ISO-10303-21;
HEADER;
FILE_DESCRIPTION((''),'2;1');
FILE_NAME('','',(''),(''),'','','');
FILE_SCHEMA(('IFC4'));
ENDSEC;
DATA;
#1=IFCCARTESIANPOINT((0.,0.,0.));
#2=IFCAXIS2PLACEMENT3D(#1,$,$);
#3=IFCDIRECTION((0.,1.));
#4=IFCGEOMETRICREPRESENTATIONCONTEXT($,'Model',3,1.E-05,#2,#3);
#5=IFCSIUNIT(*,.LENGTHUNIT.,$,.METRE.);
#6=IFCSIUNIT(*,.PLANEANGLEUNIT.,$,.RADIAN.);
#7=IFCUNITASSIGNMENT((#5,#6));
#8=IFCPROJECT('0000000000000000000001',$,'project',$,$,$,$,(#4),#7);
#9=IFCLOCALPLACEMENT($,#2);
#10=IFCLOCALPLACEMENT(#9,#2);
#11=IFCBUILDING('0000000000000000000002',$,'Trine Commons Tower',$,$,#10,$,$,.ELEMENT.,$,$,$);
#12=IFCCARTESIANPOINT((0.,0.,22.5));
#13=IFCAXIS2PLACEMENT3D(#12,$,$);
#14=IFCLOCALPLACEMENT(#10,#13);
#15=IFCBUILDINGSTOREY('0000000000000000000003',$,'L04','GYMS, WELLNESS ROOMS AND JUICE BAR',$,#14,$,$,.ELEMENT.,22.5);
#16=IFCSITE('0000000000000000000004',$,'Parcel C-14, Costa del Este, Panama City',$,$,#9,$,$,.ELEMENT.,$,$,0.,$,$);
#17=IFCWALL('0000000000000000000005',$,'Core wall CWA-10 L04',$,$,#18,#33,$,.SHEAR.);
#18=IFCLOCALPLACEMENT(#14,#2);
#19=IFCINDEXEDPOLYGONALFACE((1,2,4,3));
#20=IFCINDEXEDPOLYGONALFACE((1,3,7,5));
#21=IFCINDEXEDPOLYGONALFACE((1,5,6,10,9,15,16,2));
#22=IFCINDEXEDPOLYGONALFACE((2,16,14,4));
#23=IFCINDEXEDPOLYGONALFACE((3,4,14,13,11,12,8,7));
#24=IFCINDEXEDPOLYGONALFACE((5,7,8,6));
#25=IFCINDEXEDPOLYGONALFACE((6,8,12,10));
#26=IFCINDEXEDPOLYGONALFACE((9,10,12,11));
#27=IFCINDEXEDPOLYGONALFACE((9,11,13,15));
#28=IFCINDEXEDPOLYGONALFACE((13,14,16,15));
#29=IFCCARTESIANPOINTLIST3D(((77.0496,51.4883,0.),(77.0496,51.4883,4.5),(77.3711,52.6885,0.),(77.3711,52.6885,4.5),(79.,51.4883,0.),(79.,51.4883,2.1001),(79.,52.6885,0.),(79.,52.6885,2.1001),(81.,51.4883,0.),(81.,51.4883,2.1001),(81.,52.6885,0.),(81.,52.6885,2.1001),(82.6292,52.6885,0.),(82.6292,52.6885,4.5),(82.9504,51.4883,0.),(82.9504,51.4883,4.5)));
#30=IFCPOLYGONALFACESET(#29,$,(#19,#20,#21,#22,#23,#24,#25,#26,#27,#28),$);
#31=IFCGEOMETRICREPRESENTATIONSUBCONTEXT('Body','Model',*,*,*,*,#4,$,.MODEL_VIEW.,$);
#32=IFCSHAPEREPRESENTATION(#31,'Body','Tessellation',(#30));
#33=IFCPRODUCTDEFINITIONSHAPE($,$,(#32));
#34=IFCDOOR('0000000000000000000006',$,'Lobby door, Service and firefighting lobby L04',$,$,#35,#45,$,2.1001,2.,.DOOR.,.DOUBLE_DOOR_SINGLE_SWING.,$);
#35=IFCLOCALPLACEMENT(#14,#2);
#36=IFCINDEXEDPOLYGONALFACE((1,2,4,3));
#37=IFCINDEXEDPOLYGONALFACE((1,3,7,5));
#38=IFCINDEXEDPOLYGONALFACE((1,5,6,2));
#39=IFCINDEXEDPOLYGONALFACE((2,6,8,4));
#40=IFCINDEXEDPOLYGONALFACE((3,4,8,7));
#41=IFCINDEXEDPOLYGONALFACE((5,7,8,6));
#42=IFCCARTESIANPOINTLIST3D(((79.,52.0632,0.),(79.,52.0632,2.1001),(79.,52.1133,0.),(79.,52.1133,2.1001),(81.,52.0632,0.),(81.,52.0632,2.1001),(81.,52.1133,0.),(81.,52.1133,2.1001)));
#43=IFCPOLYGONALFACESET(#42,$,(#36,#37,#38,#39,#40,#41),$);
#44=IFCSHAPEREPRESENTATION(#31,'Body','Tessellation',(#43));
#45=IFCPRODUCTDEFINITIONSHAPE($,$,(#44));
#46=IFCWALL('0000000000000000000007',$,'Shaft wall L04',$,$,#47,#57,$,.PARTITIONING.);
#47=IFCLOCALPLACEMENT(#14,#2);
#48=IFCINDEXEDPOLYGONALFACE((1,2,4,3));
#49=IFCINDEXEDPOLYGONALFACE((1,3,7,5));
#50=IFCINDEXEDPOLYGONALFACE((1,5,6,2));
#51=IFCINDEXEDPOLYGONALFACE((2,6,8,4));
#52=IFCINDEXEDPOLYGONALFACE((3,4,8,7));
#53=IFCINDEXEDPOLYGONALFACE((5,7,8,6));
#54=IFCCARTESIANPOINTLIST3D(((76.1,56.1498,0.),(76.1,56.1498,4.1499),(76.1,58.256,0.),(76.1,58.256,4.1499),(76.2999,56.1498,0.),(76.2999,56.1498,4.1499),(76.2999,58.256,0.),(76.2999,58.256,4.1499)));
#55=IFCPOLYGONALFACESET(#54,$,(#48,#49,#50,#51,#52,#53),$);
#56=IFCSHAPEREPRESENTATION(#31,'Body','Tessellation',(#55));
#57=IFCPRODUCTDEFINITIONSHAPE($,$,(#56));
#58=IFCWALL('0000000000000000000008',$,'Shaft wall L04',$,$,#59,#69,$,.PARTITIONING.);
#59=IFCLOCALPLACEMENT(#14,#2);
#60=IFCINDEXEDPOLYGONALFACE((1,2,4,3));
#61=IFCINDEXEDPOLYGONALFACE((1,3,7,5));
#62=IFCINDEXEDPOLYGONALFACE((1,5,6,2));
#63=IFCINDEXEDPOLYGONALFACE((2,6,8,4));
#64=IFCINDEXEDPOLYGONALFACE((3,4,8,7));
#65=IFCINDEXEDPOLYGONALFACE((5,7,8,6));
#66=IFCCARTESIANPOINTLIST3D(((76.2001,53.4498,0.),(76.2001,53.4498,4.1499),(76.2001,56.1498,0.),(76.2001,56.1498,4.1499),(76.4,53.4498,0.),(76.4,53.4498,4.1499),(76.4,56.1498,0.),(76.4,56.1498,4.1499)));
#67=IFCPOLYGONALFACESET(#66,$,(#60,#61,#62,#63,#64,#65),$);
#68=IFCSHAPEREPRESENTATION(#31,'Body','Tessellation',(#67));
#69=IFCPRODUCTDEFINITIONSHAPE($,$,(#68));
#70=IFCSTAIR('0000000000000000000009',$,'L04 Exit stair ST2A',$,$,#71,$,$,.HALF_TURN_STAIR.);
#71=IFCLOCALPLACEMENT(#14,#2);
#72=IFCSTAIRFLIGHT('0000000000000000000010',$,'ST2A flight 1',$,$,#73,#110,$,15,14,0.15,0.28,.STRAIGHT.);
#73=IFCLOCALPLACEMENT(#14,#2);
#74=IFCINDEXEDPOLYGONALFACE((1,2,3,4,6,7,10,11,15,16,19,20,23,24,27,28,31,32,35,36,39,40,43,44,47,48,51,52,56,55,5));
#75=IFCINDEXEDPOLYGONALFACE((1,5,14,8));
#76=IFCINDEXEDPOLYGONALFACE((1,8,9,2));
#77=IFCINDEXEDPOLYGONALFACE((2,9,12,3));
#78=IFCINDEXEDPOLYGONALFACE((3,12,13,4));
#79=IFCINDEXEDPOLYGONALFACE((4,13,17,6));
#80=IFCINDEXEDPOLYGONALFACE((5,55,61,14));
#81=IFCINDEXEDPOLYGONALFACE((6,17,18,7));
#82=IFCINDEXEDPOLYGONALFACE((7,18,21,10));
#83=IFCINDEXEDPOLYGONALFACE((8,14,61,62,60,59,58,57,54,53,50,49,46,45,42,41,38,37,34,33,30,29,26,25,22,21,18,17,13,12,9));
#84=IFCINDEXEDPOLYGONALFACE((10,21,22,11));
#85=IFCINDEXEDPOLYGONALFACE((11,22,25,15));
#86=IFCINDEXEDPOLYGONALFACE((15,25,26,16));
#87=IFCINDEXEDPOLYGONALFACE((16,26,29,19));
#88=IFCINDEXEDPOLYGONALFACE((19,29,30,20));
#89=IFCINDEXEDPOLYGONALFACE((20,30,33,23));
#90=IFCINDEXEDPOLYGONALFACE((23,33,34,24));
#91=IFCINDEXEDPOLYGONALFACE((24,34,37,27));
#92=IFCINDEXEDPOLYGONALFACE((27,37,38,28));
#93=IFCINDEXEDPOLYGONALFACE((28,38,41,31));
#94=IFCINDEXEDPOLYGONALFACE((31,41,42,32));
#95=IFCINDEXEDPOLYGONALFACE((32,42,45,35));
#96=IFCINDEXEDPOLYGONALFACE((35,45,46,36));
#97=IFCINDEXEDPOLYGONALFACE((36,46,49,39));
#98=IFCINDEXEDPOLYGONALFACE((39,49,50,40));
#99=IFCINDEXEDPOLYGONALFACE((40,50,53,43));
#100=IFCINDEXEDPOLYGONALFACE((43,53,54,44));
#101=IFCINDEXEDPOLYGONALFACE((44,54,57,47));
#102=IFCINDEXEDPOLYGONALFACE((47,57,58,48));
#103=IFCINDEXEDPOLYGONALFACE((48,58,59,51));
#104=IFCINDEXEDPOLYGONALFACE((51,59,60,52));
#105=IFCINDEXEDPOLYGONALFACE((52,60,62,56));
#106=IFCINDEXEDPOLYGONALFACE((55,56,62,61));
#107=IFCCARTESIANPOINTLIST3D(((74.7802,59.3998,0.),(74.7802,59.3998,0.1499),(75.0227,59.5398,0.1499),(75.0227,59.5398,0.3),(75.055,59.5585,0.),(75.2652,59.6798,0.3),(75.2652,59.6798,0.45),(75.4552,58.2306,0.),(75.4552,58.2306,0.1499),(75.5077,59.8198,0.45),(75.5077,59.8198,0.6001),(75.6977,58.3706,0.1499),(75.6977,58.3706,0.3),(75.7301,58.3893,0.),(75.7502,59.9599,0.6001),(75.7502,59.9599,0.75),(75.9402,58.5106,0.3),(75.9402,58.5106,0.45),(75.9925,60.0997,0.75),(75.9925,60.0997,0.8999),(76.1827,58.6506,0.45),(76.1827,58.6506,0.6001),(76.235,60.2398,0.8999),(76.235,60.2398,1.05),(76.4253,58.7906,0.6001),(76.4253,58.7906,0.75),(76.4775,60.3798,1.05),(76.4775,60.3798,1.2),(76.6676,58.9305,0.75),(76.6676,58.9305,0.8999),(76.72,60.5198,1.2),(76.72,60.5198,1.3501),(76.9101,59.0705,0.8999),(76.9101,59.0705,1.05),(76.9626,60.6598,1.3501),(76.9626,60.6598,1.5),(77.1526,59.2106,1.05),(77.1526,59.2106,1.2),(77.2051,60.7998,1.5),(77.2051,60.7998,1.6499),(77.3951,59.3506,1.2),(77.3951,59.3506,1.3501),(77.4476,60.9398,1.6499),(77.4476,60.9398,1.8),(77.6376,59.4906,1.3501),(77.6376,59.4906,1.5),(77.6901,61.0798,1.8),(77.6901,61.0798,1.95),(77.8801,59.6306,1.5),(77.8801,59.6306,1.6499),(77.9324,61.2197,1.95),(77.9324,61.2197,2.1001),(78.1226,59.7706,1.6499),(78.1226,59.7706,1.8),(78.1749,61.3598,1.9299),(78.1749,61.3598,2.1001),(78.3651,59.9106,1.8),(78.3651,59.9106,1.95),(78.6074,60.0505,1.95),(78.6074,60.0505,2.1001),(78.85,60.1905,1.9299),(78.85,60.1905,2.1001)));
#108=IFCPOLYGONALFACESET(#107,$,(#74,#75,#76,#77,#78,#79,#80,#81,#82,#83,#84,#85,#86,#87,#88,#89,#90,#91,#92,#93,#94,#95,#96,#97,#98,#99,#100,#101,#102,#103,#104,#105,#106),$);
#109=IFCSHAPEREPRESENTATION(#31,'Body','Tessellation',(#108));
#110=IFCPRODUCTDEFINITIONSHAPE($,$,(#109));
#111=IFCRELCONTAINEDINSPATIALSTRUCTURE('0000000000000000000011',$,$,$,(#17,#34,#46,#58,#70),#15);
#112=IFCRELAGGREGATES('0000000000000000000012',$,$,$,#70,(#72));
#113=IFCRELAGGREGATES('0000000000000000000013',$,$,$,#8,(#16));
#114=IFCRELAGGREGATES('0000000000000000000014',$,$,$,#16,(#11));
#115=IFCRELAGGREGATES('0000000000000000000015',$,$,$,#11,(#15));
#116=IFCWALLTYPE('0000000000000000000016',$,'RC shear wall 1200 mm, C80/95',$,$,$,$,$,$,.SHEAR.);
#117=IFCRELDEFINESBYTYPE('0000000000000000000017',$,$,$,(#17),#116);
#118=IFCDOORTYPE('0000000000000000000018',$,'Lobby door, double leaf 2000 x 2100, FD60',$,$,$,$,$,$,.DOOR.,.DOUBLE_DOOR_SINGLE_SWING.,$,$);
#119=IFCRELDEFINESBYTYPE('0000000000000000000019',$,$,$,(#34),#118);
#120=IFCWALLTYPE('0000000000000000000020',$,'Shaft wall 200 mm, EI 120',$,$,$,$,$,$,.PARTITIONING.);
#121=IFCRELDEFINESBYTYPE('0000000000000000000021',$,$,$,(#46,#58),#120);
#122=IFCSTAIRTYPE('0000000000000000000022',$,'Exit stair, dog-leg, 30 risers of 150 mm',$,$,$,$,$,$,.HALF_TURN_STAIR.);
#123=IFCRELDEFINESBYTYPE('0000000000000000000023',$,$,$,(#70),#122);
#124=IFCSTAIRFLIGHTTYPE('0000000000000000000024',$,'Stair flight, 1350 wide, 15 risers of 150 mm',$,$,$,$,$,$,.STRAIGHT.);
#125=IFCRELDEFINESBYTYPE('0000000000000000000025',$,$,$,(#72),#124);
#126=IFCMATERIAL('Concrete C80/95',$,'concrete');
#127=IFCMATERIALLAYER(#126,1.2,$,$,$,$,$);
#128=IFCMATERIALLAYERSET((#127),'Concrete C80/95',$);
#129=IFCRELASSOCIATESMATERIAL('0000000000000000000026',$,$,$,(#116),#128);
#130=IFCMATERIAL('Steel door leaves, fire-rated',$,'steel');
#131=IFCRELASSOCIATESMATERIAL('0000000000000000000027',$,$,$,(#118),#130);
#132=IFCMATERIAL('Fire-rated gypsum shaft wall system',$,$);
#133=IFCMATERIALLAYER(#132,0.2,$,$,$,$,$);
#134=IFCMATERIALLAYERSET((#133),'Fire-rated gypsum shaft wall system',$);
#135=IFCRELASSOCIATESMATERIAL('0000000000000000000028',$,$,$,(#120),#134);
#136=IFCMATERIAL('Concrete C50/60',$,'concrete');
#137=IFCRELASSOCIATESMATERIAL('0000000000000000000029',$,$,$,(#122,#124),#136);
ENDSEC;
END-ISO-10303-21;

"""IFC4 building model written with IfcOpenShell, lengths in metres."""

from ifc_helpers import new_model, si_unit, direction, frame, frame_2d, origin, place, context, subcontext, project, spatial, polyline, rectangle, outline, extrude, material, layer, layer_set, type_object, element, fill, aggregate, save


model = new_model("IFC4")

# Units and contexts
model_context = context("Model", 3, precision=1e-05, world=origin(), true_north=direction((0.0, 1.0)))
body_context = subcontext(model_context, "Body", "Model", "MODEL_VIEW")
ifc_project = project(units=[si_unit("LENGTHUNIT", "METRE"), si_unit("PLANEANGLEUNIT", "RADIAN")], contexts=[model_context])

# Site, building, storey
site_placement = place(None, origin())
site = spatial("IfcSite", under=ifc_project, at=site_placement, Name="Parcel C-14, Costa del Este, Panama City", CompositionType="ELEMENT", RefElevation=0.0)
building_placement = place(site_placement, origin())
building = spatial("IfcBuilding", under=site, at=building_placement, Name="Trine Commons Tower", CompositionType="ELEMENT")
storey_placement = place(building_placement, frame((0.0, 0.0, 22.5)))
storey = spatial("IfcBuildingStorey", under=building, at=storey_placement, Name="L04", Description="GYMS, WELLNESS ROOMS AND JUICE BAR", CompositionType="ELEMENT", Elevation=22.5)

# Shared definitions
ifc_material_1 = material(Name="Concrete C80/95", Category="concrete")

# Shared definitions
ifc_material_2 = material(Name="Concrete C50/60", Category="concrete")

# Shared definitions
ifc_layer_1 = layer(ifc_material_1, 1.2)
ifc_layer_set_1 = layer_set([ifc_layer_1], Name="Concrete C80/95")
wall_type_1 = type_object("IfcWallType", Name="RC shear wall 1200 mm, C80/95", PredefinedType="SHEAR", material=ifc_layer_set_1)

# Wall, opening, door
wall_1_placement = place(storey_placement, frame((77.0496, 52.0884, 0.0), z_axis=(0.0, 0.0, 1.0), x_axis=(1.0, 0.0, 0.0)))
wall_1 = element("IfcWall", 1, at=wall_1_placement, inside=storey, type_object=wall_type_1, Name="Core wall CWA-10 L04", PredefinedType="SHEAR", context=body_context, shape_type="SweptSolid", body=[
    extrude(outline(polyline([(0.0, -0.6001), (5.9009, -0.6001), (5.5796, 0.6001), (0.3215, 0.6001), (0.0, -0.6001)])), origin(), (0.0, 0.0, 1.0), 4.5),
])
opening_1_placement = place(wall_1_placement, frame((1.9504, 0.0, 0.0)))
opening_1 = element("IfcOpeningElement", 2, at=opening_1_placement, cuts=wall_1, PredefinedType="OPENING", context=body_context, shape_type="SweptSolid", body=[
    extrude(rectangle(XDim=2.0, YDim=2.1001, at=frame_2d((1.0, 1.05))), frame((0.0, 0.6099, 0.0), z_axis=(0.0, -1.0, 0.0), x_axis=(1.0, 0.0, 0.0)), (0.0, 0.0, 1.0), 1.22),
])
ifc_material_3 = material(Name="Steel door leaves, fire-rated", Category="steel")
door_type_1 = type_object("IfcDoorType", Name="Lobby door, double leaf 2000 x 2100, FD60", OperationType="DOUBLE_DOOR_SINGLE_SWING", PredefinedType="DOOR", material=ifc_material_3)
door_1_placement = place(opening_1_placement, origin())
door_1 = element("IfcDoor", 3, at=door_1_placement, inside=storey, type_object=door_type_1, Name="Lobby door, Service and firefighting lobby L04", OperationType="DOUBLE_DOOR_SINGLE_SWING", OverallHeight=2.1001, OverallWidth=2.0, PredefinedType="DOOR", context=body_context, shape_type="SweptSolid", body=[
    extrude(rectangle(XDim=2.0, YDim=2.1001, at=frame_2d((1.0, 1.05))), frame((0.0, 0.0249, 0.0), z_axis=(0.0, -1.0, 0.0), x_axis=(1.0, 0.0, 0.0)), (0.0, 0.0, 1.0), 0.05),
])
fill(opening_1, door_1)

# Walls
ifc_material_4 = material(Name="Fire-rated gypsum shaft wall system")
ifc_layer_2 = layer(ifc_material_4, 0.2)
ifc_layer_set_2 = layer_set([ifc_layer_2], Name="Fire-rated gypsum shaft wall system")
wall_type_2 = type_object("IfcWallType", Name="Shaft wall 200 mm, EI 120", PredefinedType="PARTITIONING", material=ifc_layer_set_2)
wall_2_placement = place(storey_placement, frame((76.2, 58.2561, 0.0), z_axis=(0.0, 0.0, 1.0), x_axis=(0.0, -1.0, 0.0)))
element("IfcWall", 4, at=wall_2_placement, inside=storey, type_object=wall_type_2, Name="Shaft wall L04", PredefinedType="PARTITIONING", context=body_context, shape_type="SweptSolid", body=[
    extrude(rectangle(XDim=2.1062, YDim=0.2, at=frame_2d((1.0532, 0.0))), origin(), (0.0, 0.0, 1.0), 4.1499),
])
wall_3_placement = place(storey_placement, frame((76.3, 56.1499, 0.0), z_axis=(0.0, 0.0, 1.0), x_axis=(0.0, -1.0, 0.0)))
element("IfcWall", 5, at=wall_3_placement, inside=storey, type_object=wall_type_2, Name="Shaft wall L04", PredefinedType="PARTITIONING", context=body_context, shape_type="SweptSolid", body=[
    extrude(rectangle(XDim=2.7, YDim=0.2, at=frame_2d((1.3501, 0.0))), origin(), (0.0, 0.0, 1.0), 4.1499),
])

# Stair, stair flight
stair_type = type_object("IfcStairType", Name="Exit stair, dog-leg, 30 risers of 150 mm", PredefinedType="HALF_TURN_STAIR", material=ifc_material_2)
stair_placement = place(storey_placement, origin())
stair = element("IfcStair", 6, at=stair_placement, inside=storey, type_object=stair_type, Name="L04 Exit stair ST2A", PredefinedType="HALF_TURN_STAIR")
stair_flight_type = type_object("IfcStairFlightType", Name="Stair flight, 1350 wide, 15 risers of 150 mm", PredefinedType="STRAIGHT", material=ifc_material_2)
stair_flight_placement = place(storey_placement, frame((75.1177, 58.8152, 0.0), z_axis=(0.0, 0.0, 1.0), x_axis=(0.866025, 0.5, 0.0)))
stair_flight = element("IfcStairFlight", 7, at=stair_flight_placement, type_object=stair_flight_type, Name="ST2A flight 1", NumberOfRisers=15, NumberOfTreads=14, PredefinedType="STRAIGHT", RiserHeight=0.15, TreadLength=0.28, context=body_context, shape_type="SweptSolid", body=[
    extrude(outline(polyline([(0.0, 0.0), (0.0, 0.1499), (0.28, 0.1499), (0.28, 0.3), (0.5601, 0.3), (0.5601, 0.45), (0.8401, 0.45), (0.8401, 0.6001), (1.1201, 0.6001), (1.1201, 0.75), (1.3999, 0.75), (1.3999, 0.8999), (1.6799, 0.8999), (1.6799, 1.05), (1.96, 1.05), (1.96, 1.2), (2.24, 1.2), (2.24, 1.3501), (2.52, 1.3501), (2.52, 1.5), (2.8, 1.5), (2.8, 1.6499), (3.0801, 1.6499), (3.0801, 1.8), (3.3601, 1.8), (3.3601, 1.95), (3.6399, 1.95), (3.6399, 2.1001), (3.9199, 2.1001), (3.9199, 2.25), (3.9199, 1.9299), (0.3174, 0.0), (0.0, 0.0)])), frame((0.0, 0.675, 0.0), z_axis=(0.0, -1.0, 0.0), x_axis=(1.0, 0.0, 0.0)), (0.0, 0.0, 1.0), 1.3501),
])
aggregate(stair, [stair_flight])

save(model, "model.ifc")
